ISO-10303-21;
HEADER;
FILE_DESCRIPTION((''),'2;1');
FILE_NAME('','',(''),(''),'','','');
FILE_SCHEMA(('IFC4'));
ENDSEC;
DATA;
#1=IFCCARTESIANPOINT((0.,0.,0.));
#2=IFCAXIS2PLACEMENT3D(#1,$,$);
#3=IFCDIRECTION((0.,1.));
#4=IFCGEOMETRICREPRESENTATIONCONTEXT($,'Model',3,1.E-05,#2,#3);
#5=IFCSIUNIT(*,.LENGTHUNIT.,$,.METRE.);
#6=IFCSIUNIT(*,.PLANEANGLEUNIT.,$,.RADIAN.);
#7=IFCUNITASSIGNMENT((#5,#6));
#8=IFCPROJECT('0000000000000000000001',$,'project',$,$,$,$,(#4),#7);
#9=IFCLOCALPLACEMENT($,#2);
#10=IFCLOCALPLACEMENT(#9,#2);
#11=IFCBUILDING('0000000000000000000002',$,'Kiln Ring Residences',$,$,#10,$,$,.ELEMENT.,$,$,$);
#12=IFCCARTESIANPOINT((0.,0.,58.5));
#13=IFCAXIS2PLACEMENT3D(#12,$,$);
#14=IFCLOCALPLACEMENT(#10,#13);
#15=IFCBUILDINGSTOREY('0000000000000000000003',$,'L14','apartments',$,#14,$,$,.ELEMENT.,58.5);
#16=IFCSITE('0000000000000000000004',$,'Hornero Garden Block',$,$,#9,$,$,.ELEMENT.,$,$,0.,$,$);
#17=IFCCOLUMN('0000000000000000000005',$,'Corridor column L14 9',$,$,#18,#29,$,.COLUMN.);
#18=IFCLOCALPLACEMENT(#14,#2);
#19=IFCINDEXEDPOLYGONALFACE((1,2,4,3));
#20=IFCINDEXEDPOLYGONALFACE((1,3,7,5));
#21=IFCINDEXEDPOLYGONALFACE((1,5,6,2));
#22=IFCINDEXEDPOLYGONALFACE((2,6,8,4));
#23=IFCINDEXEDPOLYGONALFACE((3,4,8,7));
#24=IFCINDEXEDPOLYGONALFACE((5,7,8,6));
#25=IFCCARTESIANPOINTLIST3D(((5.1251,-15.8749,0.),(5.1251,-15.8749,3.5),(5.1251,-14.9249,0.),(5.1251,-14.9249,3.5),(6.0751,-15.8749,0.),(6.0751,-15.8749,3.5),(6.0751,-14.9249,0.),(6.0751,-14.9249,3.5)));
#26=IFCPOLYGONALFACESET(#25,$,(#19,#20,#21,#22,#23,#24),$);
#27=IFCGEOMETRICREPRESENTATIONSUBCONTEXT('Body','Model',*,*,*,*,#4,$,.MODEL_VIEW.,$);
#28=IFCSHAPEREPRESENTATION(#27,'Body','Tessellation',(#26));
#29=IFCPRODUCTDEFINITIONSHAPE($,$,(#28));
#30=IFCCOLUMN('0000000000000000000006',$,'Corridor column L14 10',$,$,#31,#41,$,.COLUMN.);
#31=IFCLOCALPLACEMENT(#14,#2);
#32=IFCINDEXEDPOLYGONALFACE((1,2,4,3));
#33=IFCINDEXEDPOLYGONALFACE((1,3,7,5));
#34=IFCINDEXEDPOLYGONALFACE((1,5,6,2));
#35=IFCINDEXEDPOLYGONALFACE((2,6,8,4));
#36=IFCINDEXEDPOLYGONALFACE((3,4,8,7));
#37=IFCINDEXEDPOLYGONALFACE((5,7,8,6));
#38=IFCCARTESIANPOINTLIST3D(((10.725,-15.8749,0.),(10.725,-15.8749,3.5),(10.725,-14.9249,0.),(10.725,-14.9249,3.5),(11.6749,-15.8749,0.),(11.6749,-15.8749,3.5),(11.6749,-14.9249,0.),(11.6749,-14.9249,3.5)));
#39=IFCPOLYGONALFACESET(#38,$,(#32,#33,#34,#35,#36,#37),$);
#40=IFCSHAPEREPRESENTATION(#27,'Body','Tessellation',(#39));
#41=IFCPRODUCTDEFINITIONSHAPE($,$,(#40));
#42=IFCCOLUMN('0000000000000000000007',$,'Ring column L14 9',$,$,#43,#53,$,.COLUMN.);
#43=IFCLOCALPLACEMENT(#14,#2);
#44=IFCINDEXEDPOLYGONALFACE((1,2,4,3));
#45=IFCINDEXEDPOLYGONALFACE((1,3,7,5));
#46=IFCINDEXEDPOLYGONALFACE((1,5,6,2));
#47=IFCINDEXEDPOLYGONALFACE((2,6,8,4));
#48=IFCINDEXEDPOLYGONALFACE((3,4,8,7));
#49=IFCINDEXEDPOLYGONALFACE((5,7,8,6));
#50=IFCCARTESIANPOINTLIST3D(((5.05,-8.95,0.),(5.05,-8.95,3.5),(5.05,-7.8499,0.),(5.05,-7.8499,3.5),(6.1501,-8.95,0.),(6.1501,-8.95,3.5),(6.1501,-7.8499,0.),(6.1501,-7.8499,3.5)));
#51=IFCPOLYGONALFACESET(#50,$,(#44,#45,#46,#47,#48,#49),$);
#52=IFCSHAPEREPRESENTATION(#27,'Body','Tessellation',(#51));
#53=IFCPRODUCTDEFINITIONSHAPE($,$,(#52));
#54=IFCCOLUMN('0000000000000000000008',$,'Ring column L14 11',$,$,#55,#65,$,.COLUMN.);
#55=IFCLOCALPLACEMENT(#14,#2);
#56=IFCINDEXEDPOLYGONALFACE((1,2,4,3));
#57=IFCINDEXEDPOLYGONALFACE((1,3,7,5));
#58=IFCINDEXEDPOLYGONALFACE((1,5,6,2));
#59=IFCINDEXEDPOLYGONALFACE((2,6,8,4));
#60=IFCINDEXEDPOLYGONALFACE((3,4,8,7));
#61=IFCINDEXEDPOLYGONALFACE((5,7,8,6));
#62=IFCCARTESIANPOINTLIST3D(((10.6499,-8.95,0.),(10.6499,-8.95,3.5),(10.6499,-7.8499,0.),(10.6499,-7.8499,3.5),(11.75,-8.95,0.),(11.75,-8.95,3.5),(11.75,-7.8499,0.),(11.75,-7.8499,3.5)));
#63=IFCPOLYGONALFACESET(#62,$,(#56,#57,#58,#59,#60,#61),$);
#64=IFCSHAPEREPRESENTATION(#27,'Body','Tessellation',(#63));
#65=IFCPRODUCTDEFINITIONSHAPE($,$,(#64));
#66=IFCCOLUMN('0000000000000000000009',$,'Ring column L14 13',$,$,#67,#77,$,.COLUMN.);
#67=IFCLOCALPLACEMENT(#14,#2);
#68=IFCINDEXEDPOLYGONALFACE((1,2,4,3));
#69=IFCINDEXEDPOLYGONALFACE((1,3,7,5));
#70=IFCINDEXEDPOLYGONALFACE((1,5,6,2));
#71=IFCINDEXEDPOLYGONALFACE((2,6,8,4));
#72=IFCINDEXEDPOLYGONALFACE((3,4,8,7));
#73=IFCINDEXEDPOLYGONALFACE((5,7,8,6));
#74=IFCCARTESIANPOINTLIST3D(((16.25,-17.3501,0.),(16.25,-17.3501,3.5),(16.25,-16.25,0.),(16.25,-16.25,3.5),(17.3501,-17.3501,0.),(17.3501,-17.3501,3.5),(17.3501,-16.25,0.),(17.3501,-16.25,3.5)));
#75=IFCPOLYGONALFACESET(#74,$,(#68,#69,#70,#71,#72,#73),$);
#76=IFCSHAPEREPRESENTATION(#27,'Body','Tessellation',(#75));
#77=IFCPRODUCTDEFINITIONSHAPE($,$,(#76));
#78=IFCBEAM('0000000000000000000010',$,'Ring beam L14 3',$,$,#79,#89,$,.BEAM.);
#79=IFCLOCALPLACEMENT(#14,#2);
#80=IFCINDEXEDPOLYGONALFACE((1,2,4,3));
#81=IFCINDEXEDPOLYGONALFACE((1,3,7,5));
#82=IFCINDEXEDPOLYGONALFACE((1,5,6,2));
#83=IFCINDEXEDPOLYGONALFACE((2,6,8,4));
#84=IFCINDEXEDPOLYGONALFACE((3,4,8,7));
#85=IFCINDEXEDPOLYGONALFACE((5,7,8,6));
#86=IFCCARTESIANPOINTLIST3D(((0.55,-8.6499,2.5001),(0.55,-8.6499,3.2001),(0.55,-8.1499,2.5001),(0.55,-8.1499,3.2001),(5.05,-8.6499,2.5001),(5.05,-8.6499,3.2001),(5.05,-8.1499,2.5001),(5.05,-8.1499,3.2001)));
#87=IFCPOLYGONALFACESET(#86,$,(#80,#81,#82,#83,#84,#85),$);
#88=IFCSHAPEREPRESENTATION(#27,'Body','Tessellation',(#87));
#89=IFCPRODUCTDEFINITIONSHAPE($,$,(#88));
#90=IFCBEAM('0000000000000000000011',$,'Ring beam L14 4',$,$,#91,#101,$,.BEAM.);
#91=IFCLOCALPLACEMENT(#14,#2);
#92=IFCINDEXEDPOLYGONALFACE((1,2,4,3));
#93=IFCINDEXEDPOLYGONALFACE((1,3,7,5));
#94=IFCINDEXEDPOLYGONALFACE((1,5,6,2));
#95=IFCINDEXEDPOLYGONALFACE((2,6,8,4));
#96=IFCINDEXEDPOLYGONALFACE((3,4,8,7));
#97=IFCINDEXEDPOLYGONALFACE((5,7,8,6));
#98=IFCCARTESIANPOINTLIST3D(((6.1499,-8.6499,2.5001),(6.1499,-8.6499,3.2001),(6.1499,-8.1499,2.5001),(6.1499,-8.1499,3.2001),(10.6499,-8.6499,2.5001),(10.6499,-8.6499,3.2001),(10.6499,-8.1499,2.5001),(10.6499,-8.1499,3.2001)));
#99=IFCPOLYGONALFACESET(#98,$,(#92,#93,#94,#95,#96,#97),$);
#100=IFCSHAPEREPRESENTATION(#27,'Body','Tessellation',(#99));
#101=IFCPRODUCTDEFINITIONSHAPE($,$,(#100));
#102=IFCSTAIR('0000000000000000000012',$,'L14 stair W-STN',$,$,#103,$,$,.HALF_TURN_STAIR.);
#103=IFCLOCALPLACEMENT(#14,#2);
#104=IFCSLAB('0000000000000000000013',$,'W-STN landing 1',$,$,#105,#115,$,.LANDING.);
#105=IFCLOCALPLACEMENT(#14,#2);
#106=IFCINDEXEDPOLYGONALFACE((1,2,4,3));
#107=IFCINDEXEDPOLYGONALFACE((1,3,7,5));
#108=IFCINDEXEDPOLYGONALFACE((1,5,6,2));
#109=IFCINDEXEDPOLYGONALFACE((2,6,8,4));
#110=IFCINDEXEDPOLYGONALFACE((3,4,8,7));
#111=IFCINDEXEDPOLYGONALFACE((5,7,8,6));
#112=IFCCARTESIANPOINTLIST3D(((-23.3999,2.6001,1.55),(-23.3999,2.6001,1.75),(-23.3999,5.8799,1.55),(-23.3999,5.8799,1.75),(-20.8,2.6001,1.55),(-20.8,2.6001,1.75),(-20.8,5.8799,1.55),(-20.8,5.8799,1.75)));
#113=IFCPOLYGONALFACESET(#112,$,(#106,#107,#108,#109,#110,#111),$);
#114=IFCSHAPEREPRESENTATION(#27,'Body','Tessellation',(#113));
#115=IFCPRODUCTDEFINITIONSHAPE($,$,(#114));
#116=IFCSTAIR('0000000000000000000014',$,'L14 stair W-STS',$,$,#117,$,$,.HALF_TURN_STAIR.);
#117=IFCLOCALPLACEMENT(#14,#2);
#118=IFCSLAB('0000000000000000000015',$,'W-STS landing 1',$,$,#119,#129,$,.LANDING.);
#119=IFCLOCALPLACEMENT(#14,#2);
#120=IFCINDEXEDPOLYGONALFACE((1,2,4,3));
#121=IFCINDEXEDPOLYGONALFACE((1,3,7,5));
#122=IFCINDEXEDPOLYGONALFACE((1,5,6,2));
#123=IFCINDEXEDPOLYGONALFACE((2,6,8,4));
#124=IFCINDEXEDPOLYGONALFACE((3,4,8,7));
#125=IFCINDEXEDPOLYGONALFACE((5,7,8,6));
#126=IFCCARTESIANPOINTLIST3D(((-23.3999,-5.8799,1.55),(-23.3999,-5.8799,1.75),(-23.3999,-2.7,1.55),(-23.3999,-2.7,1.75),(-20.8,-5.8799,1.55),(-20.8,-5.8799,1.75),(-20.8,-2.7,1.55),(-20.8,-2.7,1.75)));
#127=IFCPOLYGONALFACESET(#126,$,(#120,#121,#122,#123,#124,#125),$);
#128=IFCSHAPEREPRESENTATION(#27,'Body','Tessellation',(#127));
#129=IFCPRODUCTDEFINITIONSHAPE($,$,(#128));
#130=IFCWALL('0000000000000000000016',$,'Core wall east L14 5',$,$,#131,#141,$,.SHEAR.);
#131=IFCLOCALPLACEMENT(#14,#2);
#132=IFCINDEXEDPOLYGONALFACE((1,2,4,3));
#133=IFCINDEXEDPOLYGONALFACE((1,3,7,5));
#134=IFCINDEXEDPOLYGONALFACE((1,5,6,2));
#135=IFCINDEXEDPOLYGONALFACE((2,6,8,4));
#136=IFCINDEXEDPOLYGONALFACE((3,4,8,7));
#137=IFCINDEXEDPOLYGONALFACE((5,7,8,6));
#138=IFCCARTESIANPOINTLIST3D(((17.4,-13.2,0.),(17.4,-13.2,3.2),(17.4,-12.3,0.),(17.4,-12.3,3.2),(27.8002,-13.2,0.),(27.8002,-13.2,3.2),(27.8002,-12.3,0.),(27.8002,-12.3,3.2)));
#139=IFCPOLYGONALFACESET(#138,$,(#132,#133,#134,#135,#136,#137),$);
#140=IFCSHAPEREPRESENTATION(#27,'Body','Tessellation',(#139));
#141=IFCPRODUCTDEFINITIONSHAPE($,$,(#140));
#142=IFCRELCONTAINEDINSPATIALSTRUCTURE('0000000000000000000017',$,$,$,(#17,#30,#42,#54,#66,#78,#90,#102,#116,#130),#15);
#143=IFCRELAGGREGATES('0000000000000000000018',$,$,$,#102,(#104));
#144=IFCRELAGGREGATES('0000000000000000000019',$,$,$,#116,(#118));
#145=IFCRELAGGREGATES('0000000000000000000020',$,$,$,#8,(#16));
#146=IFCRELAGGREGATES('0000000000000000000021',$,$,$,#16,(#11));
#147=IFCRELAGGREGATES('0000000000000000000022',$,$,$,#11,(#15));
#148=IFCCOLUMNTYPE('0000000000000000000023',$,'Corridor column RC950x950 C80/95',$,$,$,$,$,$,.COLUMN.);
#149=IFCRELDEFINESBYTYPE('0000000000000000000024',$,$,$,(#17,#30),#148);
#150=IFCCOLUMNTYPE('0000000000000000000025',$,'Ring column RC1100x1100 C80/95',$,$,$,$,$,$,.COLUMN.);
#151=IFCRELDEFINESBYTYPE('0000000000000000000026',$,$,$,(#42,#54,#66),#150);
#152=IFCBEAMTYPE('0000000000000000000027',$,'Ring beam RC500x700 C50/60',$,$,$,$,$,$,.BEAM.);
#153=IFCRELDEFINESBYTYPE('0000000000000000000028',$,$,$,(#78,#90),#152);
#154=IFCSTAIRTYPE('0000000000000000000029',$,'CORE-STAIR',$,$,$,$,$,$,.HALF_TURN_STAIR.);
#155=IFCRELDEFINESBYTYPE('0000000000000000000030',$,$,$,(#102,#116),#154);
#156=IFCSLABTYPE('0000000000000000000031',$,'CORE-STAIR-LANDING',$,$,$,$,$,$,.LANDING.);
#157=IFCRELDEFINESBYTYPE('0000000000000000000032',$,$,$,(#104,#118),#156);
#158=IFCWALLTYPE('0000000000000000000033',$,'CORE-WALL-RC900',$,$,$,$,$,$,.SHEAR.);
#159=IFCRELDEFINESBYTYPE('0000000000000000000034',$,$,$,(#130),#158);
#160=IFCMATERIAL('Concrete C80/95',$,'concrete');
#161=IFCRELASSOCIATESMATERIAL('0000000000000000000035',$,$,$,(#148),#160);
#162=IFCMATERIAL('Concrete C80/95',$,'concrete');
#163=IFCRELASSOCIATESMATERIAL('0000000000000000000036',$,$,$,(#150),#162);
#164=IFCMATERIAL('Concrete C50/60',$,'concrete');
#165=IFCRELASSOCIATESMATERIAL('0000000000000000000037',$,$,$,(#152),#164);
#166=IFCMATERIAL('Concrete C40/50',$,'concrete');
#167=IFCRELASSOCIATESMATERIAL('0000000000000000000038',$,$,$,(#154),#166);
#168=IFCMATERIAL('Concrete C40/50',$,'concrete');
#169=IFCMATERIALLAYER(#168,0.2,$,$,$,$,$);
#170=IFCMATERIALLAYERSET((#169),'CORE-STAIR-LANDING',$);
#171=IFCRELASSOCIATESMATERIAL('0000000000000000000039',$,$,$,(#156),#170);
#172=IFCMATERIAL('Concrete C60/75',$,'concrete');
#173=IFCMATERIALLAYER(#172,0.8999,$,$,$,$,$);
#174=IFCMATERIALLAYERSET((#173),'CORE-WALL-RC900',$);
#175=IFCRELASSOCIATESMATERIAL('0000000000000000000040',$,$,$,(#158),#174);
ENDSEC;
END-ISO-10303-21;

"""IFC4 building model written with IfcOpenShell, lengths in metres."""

from ifc_helpers import new_model, si_unit, direction, frame, frame_2d, origin, origin_2d, place, context, subcontext, project, spatial, polyline, rectangle, outline, extrude, material, layer, layer_set, material_profile, profile_set, type_object, element, aggregate, save


model = new_model("IFC4")

# Units and contexts
model_context = context("Model", 3, precision=1e-05, world=origin(), true_north=direction((0.0, 1.0)))
body_context = subcontext(model_context, "Body", "Model", "MODEL_VIEW")
ifc_project = project(units=[si_unit("LENGTHUNIT", "METRE"), si_unit("PLANEANGLEUNIT", "RADIAN")], contexts=[model_context])

# Site, building, storey
site_placement = place(None, origin())
site = spatial("IfcSite", under=ifc_project, at=site_placement, Name="Hornero Garden Block", CompositionType="ELEMENT", RefElevation=0.0)
building_placement = place(site_placement, origin())
building = spatial("IfcBuilding", under=site, at=building_placement, Name="Kiln Ring Residences", CompositionType="ELEMENT")
storey_placement = place(building_placement, frame((0.0, 0.0, 58.5)))
storey = spatial("IfcBuildingStorey", under=building, at=storey_placement, Name="L14", Description="apartments", CompositionType="ELEMENT", Elevation=58.5)

# Columns
ifc_material_1 = material(Name="Concrete C80/95", Category="concrete")
ifc_material_profile_1 = material_profile(ifc_material_1, rectangle(XDim=0.95, YDim=0.95, at=origin_2d()), Name="RC950x950")
ifc_profile_set_1 = profile_set([ifc_material_profile_1], Name="Concrete C80/95")
column_type_1 = type_object("IfcColumnType", Name="Corridor column RC950x950 C80/95", PredefinedType="COLUMN", material=ifc_profile_set_1)
for number, where, z_axis, x_axis, name in (
    (1, (5.6001, -15.3999, 0.0), (0.0, 0.0, 1.0), (1.0, 0.0, 0.0), "Corridor column L14 9"),
    (2, (11.2, -15.3999, 0.0), (0.0, 0.0, 1.0), (1.0, 0.0, 0.0), "Corridor column L14 10"),
):
    element("IfcColumn", number, at=place(storey_placement, frame(where, z_axis=z_axis, x_axis=x_axis)), inside=storey, type_object=column_type_1, Name=name, PredefinedType="COLUMN", context=body_context, shape_type="SweptSolid", body=[
        extrude(rectangle(XDim=0.95, YDim=0.95, at=origin_2d()), origin(), (0.0, 0.0, 1.0), 3.5),
    ])
ifc_material_2 = material(Name="Concrete C80/95", Category="concrete")
ifc_material_profile_2 = material_profile(ifc_material_2, rectangle(XDim=1.1001, YDim=1.1001, at=origin_2d()), Name="RC1100x1100")
ifc_profile_set_2 = profile_set([ifc_material_profile_2], Name="Concrete C80/95")
column_type_2 = type_object("IfcColumnType", Name="Ring column RC1100x1100 C80/95", PredefinedType="COLUMN", material=ifc_profile_set_2)
for number, where, z_axis, x_axis, name in (
    (3, (5.6001, -8.3999, 0.0), (0.0, 0.0, 1.0), (1.0, 0.0, 0.0), "Ring column L14 9"),
    (4, (11.2, -8.3999, 0.0), (0.0, 0.0, 1.0), (1.0, 0.0, 0.0), "Ring column L14 11"),
    (5, (16.8, -16.8, 0.0), (0.0, 0.0, 1.0), (1.0, 0.0, 0.0), "Ring column L14 13"),
):
    element("IfcColumn", number, at=place(storey_placement, frame(where, z_axis=z_axis, x_axis=x_axis)), inside=storey, type_object=column_type_2, Name=name, PredefinedType="COLUMN", context=body_context, shape_type="SweptSolid", body=[
        extrude(rectangle(XDim=1.1001, YDim=1.1001, at=origin_2d()), origin(), (0.0, 0.0, 1.0), 3.5),
    ])

# Beams
ifc_material_3 = material(Name="Concrete C50/60", Category="concrete")
ifc_material_profile_3 = material_profile(ifc_material_3, rectangle(XDim=0.5, YDim=0.7, at=origin_2d()), Name="RC500x700")
ifc_profile_set_3 = profile_set([ifc_material_profile_3], Name="Concrete C50/60")
beam_type = type_object("IfcBeamType", Name="Ring beam RC500x700 C50/60", PredefinedType="BEAM", material=ifc_profile_set_3)
for number, where, z_axis, x_axis, name in (
    (6, (0.55, -8.3999, 2.8501), (1.0, 0.0, 0.0), (0.0, 1.0, 0.0), "Ring beam L14 3"),
    (7, (6.1499, -8.3999, 2.8501), (1.0, 0.0, 0.0), (0.0, 1.0, 0.0), "Ring beam L14 4"),
):
    element("IfcBeam", number, at=place(storey_placement, frame(where, z_axis=z_axis, x_axis=x_axis)), inside=storey, type_object=beam_type, Name=name, PredefinedType="BEAM", context=body_context, shape_type="SweptSolid", body=[
        extrude(rectangle(XDim=0.5, YDim=0.7, at=origin_2d()), origin(), (0.0, 0.0, 1.0), 4.5),
    ])

# Stairs, slabs
ifc_material_4 = material(Name="Concrete C40/50", Category="concrete")
stair_type = type_object("IfcStairType", Name="CORE-STAIR", PredefinedType="HALF_TURN_STAIR", material=ifc_material_4)
placement_1 = place(storey_placement, origin())
stair_1 = element("IfcStair", 8, at=placement_1, inside=storey, type_object=stair_type, Name="L14 stair W-STN", PredefinedType="HALF_TURN_STAIR")
ifc_material_5 = material(Name="Concrete C40/50", Category="concrete")
ifc_layer_1 = layer(ifc_material_5, 0.2)
ifc_layer_set_1 = layer_set([ifc_layer_1], Name="CORE-STAIR-LANDING")
slab_type = type_object("IfcSlabType", Name="CORE-STAIR-LANDING", PredefinedType="LANDING", material=ifc_layer_set_1)
placement_2 = place(storey_placement, frame((0.0, 0.0, 1.55)))
slab_1 = element("IfcSlab", 9, at=placement_2, type_object=slab_type, Name="W-STN landing 1", PredefinedType="LANDING", context=body_context, shape_type="SweptSolid", body=[
    extrude(outline(polyline([(-23.3999, 5.8799), (-23.3999, 2.6001), (-20.8, 2.6001), (-20.8, 5.8799), (-23.3999, 5.8799)])), origin(), (0.0, 0.0, 1.0), 0.2),
])
aggregate(stair_1, [slab_1])
stair_2 = element("IfcStair", 10, at=placement_1, inside=storey, type_object=stair_type, Name="L14 stair W-STS", PredefinedType="HALF_TURN_STAIR")
slab_2 = element("IfcSlab", 11, at=placement_2, type_object=slab_type, Name="W-STS landing 1", PredefinedType="LANDING", context=body_context, shape_type="SweptSolid", body=[
    extrude(outline(polyline([(-20.8, -5.8799), (-20.8, -2.7), (-23.3999, -2.7), (-23.3999, -5.8799), (-20.8, -5.8799)])), origin(), (0.0, 0.0, 1.0), 0.2),
])
aggregate(stair_2, [slab_2])

# Wall
ifc_material_6 = material(Name="Concrete C60/75", Category="concrete")
ifc_layer_2 = layer(ifc_material_6, 0.8999)
ifc_layer_set_2 = layer_set([ifc_layer_2], Name="CORE-WALL-RC900")
wall_type_1 = type_object("IfcWallType", Name="CORE-WALL-RC900", PredefinedType="SHEAR", material=ifc_layer_set_2)
wall_1_placement = place(storey_placement, frame((17.3999, -12.75, 0.0), z_axis=(0.0, 0.0, 1.0), x_axis=(1.0, 0.0, 0.0)))
element("IfcWall", 12, at=wall_1_placement, inside=storey, type_object=wall_type_1, Name="Core wall east L14 5", PredefinedType="SHEAR", context=body_context, shape_type="SweptSolid", body=[
    extrude(rectangle(XDim=10.4001, YDim=0.8999, at=frame_2d((5.2002, 0.0))), origin(), (0.0, 0.0, 1.0), 3.2),
])

save(model, "model.ifc")
